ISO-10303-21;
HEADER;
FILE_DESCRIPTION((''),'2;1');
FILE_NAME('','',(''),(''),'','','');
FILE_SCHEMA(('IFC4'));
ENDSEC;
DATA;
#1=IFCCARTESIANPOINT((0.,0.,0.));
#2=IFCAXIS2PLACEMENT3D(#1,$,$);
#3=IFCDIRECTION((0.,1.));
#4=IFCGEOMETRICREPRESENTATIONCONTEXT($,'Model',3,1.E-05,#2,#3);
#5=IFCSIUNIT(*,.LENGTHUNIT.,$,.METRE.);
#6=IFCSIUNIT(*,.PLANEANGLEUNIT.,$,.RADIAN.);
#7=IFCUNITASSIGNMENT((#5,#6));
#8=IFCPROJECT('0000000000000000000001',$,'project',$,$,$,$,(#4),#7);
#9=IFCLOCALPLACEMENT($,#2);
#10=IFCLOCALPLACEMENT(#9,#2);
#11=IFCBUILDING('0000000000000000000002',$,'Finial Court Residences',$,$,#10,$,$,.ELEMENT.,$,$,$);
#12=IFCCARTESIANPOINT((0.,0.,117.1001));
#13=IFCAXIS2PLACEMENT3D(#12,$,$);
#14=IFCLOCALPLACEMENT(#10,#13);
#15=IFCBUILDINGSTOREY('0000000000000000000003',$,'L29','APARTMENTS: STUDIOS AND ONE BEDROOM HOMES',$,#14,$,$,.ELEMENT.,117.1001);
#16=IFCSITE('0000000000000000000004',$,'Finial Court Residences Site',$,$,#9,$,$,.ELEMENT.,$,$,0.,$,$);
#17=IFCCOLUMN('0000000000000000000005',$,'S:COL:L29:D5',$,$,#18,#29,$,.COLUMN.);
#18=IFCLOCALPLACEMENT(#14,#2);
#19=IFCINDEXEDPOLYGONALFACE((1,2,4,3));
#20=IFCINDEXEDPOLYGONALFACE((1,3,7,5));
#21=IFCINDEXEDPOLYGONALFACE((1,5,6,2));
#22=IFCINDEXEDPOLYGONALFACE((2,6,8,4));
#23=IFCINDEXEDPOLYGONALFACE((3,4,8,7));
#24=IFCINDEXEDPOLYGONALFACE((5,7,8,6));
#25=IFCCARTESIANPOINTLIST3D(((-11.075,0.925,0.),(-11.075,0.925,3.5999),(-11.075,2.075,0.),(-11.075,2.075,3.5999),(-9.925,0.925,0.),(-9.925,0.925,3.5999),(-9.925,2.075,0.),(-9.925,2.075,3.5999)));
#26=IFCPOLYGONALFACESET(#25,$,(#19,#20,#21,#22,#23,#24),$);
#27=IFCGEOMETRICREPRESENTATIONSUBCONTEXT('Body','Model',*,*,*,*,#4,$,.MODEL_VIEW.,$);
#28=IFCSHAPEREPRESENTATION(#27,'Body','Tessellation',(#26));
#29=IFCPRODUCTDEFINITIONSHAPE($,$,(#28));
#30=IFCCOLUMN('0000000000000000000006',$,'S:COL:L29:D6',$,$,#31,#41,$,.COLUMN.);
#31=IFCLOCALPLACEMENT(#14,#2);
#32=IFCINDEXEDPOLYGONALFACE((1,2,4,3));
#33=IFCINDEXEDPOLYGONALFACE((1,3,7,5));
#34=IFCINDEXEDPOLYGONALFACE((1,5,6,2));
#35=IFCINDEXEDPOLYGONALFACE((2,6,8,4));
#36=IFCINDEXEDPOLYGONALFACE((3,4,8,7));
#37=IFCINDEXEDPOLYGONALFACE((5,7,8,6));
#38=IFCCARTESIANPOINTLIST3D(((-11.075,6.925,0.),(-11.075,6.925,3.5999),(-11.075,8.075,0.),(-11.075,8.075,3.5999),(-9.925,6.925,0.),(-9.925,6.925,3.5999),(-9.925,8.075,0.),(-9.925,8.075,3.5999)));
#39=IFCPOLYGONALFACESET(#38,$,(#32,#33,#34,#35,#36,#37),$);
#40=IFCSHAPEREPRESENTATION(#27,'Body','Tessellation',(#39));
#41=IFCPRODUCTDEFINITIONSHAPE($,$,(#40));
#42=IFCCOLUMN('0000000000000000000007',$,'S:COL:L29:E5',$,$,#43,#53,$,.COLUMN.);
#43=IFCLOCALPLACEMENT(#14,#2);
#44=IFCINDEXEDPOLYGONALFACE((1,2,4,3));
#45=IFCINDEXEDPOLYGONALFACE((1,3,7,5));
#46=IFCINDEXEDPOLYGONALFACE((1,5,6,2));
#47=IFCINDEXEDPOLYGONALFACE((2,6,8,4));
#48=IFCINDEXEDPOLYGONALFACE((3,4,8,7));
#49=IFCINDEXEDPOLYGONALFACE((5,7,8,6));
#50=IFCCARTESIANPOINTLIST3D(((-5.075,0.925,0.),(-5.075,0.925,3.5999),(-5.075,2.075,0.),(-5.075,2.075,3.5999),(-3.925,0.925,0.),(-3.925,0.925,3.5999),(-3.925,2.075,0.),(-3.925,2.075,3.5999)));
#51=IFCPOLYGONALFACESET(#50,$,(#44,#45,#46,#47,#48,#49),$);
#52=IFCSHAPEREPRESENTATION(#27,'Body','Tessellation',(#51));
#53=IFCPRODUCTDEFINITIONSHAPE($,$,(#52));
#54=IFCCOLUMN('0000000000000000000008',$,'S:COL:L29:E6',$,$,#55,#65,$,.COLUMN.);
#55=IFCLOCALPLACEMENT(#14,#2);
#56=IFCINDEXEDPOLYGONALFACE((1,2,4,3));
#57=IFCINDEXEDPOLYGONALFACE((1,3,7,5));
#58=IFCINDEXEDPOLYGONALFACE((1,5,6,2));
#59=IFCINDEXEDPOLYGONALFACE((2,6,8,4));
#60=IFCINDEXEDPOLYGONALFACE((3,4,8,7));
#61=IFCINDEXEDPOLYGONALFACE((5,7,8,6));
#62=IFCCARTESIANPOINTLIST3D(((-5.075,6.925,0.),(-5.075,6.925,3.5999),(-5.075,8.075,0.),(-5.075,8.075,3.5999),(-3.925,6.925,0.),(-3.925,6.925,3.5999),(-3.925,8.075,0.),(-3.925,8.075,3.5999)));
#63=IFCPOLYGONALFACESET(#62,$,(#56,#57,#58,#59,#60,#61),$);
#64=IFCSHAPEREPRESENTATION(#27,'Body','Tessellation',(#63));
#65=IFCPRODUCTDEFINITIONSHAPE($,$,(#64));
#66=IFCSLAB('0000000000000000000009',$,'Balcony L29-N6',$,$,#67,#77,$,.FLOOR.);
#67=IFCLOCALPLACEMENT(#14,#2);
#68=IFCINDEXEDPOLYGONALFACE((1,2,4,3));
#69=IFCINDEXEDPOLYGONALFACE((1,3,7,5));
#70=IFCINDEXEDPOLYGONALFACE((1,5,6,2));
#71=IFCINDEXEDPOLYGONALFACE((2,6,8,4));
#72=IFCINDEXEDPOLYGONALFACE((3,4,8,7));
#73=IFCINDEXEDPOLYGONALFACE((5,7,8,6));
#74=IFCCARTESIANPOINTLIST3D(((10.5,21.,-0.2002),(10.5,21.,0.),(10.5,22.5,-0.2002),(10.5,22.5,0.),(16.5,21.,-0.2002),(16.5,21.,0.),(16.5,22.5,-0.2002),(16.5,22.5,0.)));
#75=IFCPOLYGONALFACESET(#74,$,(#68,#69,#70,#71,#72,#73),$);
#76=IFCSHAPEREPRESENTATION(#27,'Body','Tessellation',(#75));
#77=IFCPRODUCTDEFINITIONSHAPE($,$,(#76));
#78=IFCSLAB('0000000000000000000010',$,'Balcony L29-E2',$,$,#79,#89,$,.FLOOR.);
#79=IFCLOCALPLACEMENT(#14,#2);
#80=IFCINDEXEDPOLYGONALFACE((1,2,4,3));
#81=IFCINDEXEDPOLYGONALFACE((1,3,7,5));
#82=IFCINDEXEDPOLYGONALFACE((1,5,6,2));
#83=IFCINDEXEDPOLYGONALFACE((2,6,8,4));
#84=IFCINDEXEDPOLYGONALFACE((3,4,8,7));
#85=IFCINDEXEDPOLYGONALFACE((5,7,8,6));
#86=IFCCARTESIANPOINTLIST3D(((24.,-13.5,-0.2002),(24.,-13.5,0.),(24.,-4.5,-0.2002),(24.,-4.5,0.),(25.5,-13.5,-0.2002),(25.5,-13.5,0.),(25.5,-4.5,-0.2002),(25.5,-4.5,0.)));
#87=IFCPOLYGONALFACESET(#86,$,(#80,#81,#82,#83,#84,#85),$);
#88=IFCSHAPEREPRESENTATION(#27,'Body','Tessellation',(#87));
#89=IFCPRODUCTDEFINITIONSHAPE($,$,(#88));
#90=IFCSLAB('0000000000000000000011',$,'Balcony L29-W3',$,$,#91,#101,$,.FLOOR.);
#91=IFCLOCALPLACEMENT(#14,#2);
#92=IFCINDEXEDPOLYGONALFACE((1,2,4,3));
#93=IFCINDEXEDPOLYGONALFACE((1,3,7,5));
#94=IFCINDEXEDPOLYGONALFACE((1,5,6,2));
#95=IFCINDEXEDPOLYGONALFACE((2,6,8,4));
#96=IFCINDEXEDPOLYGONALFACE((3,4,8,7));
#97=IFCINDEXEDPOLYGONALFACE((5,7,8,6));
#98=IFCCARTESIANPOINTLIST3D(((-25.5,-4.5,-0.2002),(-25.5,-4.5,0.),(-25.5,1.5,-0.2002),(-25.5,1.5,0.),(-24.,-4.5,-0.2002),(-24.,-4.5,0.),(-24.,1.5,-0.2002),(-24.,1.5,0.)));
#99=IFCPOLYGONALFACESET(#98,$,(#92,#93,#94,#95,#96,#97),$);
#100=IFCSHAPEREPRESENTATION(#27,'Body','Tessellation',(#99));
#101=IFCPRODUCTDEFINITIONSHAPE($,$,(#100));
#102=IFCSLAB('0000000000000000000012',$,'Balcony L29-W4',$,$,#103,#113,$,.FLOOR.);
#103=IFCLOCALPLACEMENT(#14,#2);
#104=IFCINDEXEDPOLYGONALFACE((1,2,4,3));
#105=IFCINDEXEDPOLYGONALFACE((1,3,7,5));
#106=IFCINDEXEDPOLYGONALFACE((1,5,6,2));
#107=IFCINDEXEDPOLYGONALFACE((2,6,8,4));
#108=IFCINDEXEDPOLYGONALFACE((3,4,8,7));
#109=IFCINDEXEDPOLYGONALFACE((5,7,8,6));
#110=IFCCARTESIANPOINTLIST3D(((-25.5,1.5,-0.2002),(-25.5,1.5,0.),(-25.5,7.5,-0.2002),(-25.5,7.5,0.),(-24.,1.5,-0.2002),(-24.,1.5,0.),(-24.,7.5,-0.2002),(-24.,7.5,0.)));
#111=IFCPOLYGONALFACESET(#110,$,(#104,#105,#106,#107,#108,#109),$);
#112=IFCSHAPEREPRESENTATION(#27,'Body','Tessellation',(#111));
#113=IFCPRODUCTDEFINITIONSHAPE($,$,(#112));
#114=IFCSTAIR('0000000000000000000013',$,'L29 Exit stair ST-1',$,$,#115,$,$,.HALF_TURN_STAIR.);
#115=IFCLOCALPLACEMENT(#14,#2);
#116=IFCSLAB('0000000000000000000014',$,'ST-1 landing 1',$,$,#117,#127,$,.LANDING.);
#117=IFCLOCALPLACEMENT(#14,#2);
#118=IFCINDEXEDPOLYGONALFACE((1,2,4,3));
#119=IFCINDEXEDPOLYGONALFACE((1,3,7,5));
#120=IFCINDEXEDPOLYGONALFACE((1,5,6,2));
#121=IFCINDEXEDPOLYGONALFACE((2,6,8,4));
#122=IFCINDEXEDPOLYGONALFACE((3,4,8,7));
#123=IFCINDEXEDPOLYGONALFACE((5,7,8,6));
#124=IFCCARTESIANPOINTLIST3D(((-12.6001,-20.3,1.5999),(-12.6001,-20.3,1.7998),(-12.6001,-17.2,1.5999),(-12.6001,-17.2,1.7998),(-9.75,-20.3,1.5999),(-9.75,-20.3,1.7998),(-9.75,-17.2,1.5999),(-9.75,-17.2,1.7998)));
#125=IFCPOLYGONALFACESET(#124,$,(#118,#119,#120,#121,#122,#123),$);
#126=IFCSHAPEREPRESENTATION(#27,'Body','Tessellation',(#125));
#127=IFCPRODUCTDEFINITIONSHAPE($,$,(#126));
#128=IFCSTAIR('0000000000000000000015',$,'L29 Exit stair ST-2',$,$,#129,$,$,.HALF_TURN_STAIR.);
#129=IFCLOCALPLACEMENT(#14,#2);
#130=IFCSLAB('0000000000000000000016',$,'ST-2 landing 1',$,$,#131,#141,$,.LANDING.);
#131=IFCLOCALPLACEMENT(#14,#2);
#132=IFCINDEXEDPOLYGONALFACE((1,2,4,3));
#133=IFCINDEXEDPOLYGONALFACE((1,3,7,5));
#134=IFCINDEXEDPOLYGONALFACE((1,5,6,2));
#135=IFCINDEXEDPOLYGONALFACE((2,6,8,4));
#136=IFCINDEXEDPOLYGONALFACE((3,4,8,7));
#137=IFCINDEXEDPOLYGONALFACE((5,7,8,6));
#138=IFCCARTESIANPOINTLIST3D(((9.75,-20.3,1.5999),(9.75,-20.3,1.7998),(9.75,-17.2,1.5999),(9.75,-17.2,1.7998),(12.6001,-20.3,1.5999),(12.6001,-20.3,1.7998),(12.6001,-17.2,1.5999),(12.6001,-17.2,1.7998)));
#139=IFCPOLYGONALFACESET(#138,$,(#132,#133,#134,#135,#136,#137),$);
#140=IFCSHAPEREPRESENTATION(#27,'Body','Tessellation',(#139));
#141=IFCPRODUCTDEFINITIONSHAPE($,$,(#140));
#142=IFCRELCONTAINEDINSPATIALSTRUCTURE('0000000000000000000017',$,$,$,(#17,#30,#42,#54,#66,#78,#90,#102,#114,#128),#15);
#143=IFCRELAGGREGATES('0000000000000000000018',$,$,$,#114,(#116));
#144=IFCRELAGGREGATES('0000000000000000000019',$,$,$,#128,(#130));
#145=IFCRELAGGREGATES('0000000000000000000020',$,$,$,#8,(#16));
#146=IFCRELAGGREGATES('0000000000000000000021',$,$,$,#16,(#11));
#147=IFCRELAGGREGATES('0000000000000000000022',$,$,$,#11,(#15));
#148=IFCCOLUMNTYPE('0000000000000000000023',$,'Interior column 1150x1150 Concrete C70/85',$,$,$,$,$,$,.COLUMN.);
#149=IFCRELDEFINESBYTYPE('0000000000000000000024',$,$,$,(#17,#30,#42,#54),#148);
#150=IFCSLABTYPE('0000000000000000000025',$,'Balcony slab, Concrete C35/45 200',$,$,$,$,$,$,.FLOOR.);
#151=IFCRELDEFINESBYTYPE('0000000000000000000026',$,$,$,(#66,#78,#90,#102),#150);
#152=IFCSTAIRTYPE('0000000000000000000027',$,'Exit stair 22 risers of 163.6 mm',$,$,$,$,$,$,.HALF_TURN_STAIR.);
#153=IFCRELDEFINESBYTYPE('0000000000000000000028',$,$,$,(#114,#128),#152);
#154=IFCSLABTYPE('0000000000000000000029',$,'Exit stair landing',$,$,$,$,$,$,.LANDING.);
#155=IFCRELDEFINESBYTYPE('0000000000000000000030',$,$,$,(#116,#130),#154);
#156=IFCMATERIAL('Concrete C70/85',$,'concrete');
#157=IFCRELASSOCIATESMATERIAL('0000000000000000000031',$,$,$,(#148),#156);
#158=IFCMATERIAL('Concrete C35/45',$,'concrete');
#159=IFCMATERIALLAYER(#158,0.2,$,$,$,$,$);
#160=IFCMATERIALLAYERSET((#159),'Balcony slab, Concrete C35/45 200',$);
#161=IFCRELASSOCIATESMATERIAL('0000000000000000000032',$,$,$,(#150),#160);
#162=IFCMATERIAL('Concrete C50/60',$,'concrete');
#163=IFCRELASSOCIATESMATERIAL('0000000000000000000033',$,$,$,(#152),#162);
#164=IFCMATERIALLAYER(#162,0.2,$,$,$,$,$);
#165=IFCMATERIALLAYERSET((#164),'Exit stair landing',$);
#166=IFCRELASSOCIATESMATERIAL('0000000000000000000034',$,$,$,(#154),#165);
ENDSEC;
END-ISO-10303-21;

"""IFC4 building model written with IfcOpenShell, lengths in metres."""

from ifc_helpers import new_model, si_unit, direction, frame, origin, origin_2d, place, context, subcontext, project, spatial, polyline, rectangle, outline, extrude, material, layer, layer_set, material_profile, profile_set, type_object, element, aggregate, save


model = new_model("IFC4")

# Units and contexts
model_context = context("Model", 3, precision=1e-05, world=origin(), true_north=direction((0.0, 1.0)))
body_context = subcontext(model_context, "Body", "Model", "MODEL_VIEW")
ifc_project = project(units=[si_unit("LENGTHUNIT", "METRE"), si_unit("PLANEANGLEUNIT", "RADIAN")], contexts=[model_context])

# Site, building, storey
site_placement = place(None, origin())
site = spatial("IfcSite", under=ifc_project, at=site_placement, Name="Finial Court Residences Site", CompositionType="ELEMENT", RefElevation=0.0)
building_placement = place(site_placement, origin())
building = spatial("IfcBuilding", under=site, at=building_placement, Name="Finial Court Residences", CompositionType="ELEMENT")
storey_placement = place(building_placement, frame((0.0, 0.0, 117.1001)))
storey = spatial("IfcBuildingStorey", under=building, at=storey_placement, Name="L29", Description="APARTMENTS: STUDIOS AND ONE BEDROOM HOMES", CompositionType="ELEMENT", Elevation=117.1001)

# Columns
ifc_material_1 = material(Name="Concrete C70/85", Category="concrete")
ifc_material_profile = material_profile(ifc_material_1, rectangle(XDim=1.1499, YDim=1.1499, at=origin_2d()), Name="1150x1150")
ifc_profile_set = profile_set([ifc_material_profile], Name="Concrete C70/85")
column_type = type_object("IfcColumnType", Name="Interior column 1150x1150 Concrete C70/85", PredefinedType="COLUMN", material=ifc_profile_set)
for number, where, z_axis, x_axis, name in (
    (1, (-10.5, 1.5, 0.0), (0.0, 0.0, 1.0), (1.0, 0.0, 0.0), "S:COL:L29:D5"),
    (2, (-10.5, 7.5, 0.0), (0.0, 0.0, 1.0), (1.0, 0.0, 0.0), "S:COL:L29:D6"),
    (3, (-4.5, 1.5, 0.0), (0.0, 0.0, 1.0), (1.0, 0.0, 0.0), "S:COL:L29:E5"),
    (4, (-4.5, 7.5, 0.0), (0.0, 0.0, 1.0), (1.0, 0.0, 0.0), "S:COL:L29:E6"),
):
    element("IfcColumn", number, at=place(storey_placement, frame(where, z_axis=z_axis, x_axis=x_axis)), inside=storey, type_object=column_type, Name=name, PredefinedType="COLUMN", context=body_context, shape_type="SweptSolid", body=[
        extrude(rectangle(XDim=1.1499, YDim=1.1499, at=origin_2d()), origin(), (0.0, 0.0, 1.0), 3.5999),
    ])

# Slabs
ifc_material_2 = material(Name="Concrete C35/45", Category="concrete")
ifc_layer_1 = layer(ifc_material_2, 0.2)
ifc_layer_set_1 = layer_set([ifc_layer_1], Name="Balcony slab, Concrete C35/45 200")
slab_type_1 = type_object("IfcSlabType", Name="Balcony slab, Concrete C35/45 200", PredefinedType="FLOOR", material=ifc_layer_set_1)
slab_1_placement = place(storey_placement, frame((0.0, 0.0, -0.2002)))
element("IfcSlab", 5, at=slab_1_placement, inside=storey, type_object=slab_type_1, Name="Balcony L29-N6", PredefinedType="FLOOR", context=body_context, shape_type="SweptSolid", body=[
    extrude(outline(polyline([(16.5, 21.0), (16.5, 22.5), (10.5, 22.5), (10.5, 21.0), (16.5, 21.0)])), origin(), (0.0, 0.0, 1.0), 0.2002),
])
slab_2_placement = place(storey_placement, frame((0.0, 0.0, -0.2002)))
element("IfcSlab", 6, at=slab_2_placement, inside=storey, type_object=slab_type_1, Name="Balcony L29-E2", PredefinedType="FLOOR", context=body_context, shape_type="SweptSolid", body=[
    extrude(outline(polyline([(25.5, -13.5), (25.5, -4.5), (24.0, -4.5), (24.0, -13.5), (25.5, -13.5)])), origin(), (0.0, 0.0, 1.0), 0.2002),
])
slab_3_placement = place(storey_placement, frame((0.0, 0.0, -0.2002)))
element("IfcSlab", 7, at=slab_3_placement, inside=storey, type_object=slab_type_1, Name="Balcony L29-W3", PredefinedType="FLOOR", context=body_context, shape_type="SweptSolid", body=[
    extrude(outline(polyline([(-24.0, -4.5), (-24.0, 1.5), (-25.5, 1.5), (-25.5, -4.5), (-24.0, -4.5)])), origin(), (0.0, 0.0, 1.0), 0.2002),
])
slab_4_placement = place(storey_placement, frame((0.0, 0.0, -0.2002)))
element("IfcSlab", 8, at=slab_4_placement, inside=storey, type_object=slab_type_1, Name="Balcony L29-W4", PredefinedType="FLOOR", context=body_context, shape_type="SweptSolid", body=[
    extrude(outline(polyline([(-24.0, 1.5), (-24.0, 7.5), (-25.5, 7.5), (-25.5, 1.5), (-24.0, 1.5)])), origin(), (0.0, 0.0, 1.0), 0.2002),
])

# Stairs, slabs
ifc_material_3 = material(Name="Concrete C50/60", Category="concrete")
stair_type = type_object("IfcStairType", Name="Exit stair 22 risers of 163.6 mm", PredefinedType="HALF_TURN_STAIR", material=ifc_material_3)
stair_1_placement = place(storey_placement, origin())
stair_1 = element("IfcStair", 9, at=stair_1_placement, inside=storey, type_object=stair_type, Name="L29 Exit stair ST-1", PredefinedType="HALF_TURN_STAIR")
ifc_layer_2 = layer(ifc_material_3, 0.2)
ifc_layer_set_2 = layer_set([ifc_layer_2], Name="Exit stair landing")
slab_type_2 = type_object("IfcSlabType", Name="Exit stair landing", PredefinedType="LANDING", material=ifc_layer_set_2)
slab_5_placement = place(storey_placement, frame((0.0, 0.0, 1.5999)))
slab_5 = element("IfcSlab", 10, at=slab_5_placement, type_object=slab_type_2, Name="ST-1 landing 1", PredefinedType="LANDING", context=body_context, shape_type="SweptSolid", body=[
    extrude(outline(polyline([(-9.75, -20.3), (-9.75, -17.2), (-12.6001, -17.2), (-12.6001, -20.3), (-9.75, -20.3)])), origin(), (0.0, 0.0, 1.0), 0.2),
])
aggregate(stair_1, [slab_5])
stair_2_placement = place(storey_placement, origin())
stair_2 = element("IfcStair", 11, at=stair_2_placement, inside=storey, type_object=stair_type, Name="L29 Exit stair ST-2", PredefinedType="HALF_TURN_STAIR")
slab_6_placement = place(storey_placement, frame((0.0, 0.0, 1.5999)))
slab_6 = element("IfcSlab", 12, at=slab_6_placement, type_object=slab_type_2, Name="ST-2 landing 1", PredefinedType="LANDING", context=body_context, shape_type="SweptSolid", body=[
    extrude(outline(polyline([(12.6001, -20.3), (12.6001, -17.2), (9.75, -17.2), (9.75, -20.3), (12.6001, -20.3)])), origin(), (0.0, 0.0, 1.0), 0.2),
])
aggregate(stair_2, [slab_6])

save(model, "model.ifc")
